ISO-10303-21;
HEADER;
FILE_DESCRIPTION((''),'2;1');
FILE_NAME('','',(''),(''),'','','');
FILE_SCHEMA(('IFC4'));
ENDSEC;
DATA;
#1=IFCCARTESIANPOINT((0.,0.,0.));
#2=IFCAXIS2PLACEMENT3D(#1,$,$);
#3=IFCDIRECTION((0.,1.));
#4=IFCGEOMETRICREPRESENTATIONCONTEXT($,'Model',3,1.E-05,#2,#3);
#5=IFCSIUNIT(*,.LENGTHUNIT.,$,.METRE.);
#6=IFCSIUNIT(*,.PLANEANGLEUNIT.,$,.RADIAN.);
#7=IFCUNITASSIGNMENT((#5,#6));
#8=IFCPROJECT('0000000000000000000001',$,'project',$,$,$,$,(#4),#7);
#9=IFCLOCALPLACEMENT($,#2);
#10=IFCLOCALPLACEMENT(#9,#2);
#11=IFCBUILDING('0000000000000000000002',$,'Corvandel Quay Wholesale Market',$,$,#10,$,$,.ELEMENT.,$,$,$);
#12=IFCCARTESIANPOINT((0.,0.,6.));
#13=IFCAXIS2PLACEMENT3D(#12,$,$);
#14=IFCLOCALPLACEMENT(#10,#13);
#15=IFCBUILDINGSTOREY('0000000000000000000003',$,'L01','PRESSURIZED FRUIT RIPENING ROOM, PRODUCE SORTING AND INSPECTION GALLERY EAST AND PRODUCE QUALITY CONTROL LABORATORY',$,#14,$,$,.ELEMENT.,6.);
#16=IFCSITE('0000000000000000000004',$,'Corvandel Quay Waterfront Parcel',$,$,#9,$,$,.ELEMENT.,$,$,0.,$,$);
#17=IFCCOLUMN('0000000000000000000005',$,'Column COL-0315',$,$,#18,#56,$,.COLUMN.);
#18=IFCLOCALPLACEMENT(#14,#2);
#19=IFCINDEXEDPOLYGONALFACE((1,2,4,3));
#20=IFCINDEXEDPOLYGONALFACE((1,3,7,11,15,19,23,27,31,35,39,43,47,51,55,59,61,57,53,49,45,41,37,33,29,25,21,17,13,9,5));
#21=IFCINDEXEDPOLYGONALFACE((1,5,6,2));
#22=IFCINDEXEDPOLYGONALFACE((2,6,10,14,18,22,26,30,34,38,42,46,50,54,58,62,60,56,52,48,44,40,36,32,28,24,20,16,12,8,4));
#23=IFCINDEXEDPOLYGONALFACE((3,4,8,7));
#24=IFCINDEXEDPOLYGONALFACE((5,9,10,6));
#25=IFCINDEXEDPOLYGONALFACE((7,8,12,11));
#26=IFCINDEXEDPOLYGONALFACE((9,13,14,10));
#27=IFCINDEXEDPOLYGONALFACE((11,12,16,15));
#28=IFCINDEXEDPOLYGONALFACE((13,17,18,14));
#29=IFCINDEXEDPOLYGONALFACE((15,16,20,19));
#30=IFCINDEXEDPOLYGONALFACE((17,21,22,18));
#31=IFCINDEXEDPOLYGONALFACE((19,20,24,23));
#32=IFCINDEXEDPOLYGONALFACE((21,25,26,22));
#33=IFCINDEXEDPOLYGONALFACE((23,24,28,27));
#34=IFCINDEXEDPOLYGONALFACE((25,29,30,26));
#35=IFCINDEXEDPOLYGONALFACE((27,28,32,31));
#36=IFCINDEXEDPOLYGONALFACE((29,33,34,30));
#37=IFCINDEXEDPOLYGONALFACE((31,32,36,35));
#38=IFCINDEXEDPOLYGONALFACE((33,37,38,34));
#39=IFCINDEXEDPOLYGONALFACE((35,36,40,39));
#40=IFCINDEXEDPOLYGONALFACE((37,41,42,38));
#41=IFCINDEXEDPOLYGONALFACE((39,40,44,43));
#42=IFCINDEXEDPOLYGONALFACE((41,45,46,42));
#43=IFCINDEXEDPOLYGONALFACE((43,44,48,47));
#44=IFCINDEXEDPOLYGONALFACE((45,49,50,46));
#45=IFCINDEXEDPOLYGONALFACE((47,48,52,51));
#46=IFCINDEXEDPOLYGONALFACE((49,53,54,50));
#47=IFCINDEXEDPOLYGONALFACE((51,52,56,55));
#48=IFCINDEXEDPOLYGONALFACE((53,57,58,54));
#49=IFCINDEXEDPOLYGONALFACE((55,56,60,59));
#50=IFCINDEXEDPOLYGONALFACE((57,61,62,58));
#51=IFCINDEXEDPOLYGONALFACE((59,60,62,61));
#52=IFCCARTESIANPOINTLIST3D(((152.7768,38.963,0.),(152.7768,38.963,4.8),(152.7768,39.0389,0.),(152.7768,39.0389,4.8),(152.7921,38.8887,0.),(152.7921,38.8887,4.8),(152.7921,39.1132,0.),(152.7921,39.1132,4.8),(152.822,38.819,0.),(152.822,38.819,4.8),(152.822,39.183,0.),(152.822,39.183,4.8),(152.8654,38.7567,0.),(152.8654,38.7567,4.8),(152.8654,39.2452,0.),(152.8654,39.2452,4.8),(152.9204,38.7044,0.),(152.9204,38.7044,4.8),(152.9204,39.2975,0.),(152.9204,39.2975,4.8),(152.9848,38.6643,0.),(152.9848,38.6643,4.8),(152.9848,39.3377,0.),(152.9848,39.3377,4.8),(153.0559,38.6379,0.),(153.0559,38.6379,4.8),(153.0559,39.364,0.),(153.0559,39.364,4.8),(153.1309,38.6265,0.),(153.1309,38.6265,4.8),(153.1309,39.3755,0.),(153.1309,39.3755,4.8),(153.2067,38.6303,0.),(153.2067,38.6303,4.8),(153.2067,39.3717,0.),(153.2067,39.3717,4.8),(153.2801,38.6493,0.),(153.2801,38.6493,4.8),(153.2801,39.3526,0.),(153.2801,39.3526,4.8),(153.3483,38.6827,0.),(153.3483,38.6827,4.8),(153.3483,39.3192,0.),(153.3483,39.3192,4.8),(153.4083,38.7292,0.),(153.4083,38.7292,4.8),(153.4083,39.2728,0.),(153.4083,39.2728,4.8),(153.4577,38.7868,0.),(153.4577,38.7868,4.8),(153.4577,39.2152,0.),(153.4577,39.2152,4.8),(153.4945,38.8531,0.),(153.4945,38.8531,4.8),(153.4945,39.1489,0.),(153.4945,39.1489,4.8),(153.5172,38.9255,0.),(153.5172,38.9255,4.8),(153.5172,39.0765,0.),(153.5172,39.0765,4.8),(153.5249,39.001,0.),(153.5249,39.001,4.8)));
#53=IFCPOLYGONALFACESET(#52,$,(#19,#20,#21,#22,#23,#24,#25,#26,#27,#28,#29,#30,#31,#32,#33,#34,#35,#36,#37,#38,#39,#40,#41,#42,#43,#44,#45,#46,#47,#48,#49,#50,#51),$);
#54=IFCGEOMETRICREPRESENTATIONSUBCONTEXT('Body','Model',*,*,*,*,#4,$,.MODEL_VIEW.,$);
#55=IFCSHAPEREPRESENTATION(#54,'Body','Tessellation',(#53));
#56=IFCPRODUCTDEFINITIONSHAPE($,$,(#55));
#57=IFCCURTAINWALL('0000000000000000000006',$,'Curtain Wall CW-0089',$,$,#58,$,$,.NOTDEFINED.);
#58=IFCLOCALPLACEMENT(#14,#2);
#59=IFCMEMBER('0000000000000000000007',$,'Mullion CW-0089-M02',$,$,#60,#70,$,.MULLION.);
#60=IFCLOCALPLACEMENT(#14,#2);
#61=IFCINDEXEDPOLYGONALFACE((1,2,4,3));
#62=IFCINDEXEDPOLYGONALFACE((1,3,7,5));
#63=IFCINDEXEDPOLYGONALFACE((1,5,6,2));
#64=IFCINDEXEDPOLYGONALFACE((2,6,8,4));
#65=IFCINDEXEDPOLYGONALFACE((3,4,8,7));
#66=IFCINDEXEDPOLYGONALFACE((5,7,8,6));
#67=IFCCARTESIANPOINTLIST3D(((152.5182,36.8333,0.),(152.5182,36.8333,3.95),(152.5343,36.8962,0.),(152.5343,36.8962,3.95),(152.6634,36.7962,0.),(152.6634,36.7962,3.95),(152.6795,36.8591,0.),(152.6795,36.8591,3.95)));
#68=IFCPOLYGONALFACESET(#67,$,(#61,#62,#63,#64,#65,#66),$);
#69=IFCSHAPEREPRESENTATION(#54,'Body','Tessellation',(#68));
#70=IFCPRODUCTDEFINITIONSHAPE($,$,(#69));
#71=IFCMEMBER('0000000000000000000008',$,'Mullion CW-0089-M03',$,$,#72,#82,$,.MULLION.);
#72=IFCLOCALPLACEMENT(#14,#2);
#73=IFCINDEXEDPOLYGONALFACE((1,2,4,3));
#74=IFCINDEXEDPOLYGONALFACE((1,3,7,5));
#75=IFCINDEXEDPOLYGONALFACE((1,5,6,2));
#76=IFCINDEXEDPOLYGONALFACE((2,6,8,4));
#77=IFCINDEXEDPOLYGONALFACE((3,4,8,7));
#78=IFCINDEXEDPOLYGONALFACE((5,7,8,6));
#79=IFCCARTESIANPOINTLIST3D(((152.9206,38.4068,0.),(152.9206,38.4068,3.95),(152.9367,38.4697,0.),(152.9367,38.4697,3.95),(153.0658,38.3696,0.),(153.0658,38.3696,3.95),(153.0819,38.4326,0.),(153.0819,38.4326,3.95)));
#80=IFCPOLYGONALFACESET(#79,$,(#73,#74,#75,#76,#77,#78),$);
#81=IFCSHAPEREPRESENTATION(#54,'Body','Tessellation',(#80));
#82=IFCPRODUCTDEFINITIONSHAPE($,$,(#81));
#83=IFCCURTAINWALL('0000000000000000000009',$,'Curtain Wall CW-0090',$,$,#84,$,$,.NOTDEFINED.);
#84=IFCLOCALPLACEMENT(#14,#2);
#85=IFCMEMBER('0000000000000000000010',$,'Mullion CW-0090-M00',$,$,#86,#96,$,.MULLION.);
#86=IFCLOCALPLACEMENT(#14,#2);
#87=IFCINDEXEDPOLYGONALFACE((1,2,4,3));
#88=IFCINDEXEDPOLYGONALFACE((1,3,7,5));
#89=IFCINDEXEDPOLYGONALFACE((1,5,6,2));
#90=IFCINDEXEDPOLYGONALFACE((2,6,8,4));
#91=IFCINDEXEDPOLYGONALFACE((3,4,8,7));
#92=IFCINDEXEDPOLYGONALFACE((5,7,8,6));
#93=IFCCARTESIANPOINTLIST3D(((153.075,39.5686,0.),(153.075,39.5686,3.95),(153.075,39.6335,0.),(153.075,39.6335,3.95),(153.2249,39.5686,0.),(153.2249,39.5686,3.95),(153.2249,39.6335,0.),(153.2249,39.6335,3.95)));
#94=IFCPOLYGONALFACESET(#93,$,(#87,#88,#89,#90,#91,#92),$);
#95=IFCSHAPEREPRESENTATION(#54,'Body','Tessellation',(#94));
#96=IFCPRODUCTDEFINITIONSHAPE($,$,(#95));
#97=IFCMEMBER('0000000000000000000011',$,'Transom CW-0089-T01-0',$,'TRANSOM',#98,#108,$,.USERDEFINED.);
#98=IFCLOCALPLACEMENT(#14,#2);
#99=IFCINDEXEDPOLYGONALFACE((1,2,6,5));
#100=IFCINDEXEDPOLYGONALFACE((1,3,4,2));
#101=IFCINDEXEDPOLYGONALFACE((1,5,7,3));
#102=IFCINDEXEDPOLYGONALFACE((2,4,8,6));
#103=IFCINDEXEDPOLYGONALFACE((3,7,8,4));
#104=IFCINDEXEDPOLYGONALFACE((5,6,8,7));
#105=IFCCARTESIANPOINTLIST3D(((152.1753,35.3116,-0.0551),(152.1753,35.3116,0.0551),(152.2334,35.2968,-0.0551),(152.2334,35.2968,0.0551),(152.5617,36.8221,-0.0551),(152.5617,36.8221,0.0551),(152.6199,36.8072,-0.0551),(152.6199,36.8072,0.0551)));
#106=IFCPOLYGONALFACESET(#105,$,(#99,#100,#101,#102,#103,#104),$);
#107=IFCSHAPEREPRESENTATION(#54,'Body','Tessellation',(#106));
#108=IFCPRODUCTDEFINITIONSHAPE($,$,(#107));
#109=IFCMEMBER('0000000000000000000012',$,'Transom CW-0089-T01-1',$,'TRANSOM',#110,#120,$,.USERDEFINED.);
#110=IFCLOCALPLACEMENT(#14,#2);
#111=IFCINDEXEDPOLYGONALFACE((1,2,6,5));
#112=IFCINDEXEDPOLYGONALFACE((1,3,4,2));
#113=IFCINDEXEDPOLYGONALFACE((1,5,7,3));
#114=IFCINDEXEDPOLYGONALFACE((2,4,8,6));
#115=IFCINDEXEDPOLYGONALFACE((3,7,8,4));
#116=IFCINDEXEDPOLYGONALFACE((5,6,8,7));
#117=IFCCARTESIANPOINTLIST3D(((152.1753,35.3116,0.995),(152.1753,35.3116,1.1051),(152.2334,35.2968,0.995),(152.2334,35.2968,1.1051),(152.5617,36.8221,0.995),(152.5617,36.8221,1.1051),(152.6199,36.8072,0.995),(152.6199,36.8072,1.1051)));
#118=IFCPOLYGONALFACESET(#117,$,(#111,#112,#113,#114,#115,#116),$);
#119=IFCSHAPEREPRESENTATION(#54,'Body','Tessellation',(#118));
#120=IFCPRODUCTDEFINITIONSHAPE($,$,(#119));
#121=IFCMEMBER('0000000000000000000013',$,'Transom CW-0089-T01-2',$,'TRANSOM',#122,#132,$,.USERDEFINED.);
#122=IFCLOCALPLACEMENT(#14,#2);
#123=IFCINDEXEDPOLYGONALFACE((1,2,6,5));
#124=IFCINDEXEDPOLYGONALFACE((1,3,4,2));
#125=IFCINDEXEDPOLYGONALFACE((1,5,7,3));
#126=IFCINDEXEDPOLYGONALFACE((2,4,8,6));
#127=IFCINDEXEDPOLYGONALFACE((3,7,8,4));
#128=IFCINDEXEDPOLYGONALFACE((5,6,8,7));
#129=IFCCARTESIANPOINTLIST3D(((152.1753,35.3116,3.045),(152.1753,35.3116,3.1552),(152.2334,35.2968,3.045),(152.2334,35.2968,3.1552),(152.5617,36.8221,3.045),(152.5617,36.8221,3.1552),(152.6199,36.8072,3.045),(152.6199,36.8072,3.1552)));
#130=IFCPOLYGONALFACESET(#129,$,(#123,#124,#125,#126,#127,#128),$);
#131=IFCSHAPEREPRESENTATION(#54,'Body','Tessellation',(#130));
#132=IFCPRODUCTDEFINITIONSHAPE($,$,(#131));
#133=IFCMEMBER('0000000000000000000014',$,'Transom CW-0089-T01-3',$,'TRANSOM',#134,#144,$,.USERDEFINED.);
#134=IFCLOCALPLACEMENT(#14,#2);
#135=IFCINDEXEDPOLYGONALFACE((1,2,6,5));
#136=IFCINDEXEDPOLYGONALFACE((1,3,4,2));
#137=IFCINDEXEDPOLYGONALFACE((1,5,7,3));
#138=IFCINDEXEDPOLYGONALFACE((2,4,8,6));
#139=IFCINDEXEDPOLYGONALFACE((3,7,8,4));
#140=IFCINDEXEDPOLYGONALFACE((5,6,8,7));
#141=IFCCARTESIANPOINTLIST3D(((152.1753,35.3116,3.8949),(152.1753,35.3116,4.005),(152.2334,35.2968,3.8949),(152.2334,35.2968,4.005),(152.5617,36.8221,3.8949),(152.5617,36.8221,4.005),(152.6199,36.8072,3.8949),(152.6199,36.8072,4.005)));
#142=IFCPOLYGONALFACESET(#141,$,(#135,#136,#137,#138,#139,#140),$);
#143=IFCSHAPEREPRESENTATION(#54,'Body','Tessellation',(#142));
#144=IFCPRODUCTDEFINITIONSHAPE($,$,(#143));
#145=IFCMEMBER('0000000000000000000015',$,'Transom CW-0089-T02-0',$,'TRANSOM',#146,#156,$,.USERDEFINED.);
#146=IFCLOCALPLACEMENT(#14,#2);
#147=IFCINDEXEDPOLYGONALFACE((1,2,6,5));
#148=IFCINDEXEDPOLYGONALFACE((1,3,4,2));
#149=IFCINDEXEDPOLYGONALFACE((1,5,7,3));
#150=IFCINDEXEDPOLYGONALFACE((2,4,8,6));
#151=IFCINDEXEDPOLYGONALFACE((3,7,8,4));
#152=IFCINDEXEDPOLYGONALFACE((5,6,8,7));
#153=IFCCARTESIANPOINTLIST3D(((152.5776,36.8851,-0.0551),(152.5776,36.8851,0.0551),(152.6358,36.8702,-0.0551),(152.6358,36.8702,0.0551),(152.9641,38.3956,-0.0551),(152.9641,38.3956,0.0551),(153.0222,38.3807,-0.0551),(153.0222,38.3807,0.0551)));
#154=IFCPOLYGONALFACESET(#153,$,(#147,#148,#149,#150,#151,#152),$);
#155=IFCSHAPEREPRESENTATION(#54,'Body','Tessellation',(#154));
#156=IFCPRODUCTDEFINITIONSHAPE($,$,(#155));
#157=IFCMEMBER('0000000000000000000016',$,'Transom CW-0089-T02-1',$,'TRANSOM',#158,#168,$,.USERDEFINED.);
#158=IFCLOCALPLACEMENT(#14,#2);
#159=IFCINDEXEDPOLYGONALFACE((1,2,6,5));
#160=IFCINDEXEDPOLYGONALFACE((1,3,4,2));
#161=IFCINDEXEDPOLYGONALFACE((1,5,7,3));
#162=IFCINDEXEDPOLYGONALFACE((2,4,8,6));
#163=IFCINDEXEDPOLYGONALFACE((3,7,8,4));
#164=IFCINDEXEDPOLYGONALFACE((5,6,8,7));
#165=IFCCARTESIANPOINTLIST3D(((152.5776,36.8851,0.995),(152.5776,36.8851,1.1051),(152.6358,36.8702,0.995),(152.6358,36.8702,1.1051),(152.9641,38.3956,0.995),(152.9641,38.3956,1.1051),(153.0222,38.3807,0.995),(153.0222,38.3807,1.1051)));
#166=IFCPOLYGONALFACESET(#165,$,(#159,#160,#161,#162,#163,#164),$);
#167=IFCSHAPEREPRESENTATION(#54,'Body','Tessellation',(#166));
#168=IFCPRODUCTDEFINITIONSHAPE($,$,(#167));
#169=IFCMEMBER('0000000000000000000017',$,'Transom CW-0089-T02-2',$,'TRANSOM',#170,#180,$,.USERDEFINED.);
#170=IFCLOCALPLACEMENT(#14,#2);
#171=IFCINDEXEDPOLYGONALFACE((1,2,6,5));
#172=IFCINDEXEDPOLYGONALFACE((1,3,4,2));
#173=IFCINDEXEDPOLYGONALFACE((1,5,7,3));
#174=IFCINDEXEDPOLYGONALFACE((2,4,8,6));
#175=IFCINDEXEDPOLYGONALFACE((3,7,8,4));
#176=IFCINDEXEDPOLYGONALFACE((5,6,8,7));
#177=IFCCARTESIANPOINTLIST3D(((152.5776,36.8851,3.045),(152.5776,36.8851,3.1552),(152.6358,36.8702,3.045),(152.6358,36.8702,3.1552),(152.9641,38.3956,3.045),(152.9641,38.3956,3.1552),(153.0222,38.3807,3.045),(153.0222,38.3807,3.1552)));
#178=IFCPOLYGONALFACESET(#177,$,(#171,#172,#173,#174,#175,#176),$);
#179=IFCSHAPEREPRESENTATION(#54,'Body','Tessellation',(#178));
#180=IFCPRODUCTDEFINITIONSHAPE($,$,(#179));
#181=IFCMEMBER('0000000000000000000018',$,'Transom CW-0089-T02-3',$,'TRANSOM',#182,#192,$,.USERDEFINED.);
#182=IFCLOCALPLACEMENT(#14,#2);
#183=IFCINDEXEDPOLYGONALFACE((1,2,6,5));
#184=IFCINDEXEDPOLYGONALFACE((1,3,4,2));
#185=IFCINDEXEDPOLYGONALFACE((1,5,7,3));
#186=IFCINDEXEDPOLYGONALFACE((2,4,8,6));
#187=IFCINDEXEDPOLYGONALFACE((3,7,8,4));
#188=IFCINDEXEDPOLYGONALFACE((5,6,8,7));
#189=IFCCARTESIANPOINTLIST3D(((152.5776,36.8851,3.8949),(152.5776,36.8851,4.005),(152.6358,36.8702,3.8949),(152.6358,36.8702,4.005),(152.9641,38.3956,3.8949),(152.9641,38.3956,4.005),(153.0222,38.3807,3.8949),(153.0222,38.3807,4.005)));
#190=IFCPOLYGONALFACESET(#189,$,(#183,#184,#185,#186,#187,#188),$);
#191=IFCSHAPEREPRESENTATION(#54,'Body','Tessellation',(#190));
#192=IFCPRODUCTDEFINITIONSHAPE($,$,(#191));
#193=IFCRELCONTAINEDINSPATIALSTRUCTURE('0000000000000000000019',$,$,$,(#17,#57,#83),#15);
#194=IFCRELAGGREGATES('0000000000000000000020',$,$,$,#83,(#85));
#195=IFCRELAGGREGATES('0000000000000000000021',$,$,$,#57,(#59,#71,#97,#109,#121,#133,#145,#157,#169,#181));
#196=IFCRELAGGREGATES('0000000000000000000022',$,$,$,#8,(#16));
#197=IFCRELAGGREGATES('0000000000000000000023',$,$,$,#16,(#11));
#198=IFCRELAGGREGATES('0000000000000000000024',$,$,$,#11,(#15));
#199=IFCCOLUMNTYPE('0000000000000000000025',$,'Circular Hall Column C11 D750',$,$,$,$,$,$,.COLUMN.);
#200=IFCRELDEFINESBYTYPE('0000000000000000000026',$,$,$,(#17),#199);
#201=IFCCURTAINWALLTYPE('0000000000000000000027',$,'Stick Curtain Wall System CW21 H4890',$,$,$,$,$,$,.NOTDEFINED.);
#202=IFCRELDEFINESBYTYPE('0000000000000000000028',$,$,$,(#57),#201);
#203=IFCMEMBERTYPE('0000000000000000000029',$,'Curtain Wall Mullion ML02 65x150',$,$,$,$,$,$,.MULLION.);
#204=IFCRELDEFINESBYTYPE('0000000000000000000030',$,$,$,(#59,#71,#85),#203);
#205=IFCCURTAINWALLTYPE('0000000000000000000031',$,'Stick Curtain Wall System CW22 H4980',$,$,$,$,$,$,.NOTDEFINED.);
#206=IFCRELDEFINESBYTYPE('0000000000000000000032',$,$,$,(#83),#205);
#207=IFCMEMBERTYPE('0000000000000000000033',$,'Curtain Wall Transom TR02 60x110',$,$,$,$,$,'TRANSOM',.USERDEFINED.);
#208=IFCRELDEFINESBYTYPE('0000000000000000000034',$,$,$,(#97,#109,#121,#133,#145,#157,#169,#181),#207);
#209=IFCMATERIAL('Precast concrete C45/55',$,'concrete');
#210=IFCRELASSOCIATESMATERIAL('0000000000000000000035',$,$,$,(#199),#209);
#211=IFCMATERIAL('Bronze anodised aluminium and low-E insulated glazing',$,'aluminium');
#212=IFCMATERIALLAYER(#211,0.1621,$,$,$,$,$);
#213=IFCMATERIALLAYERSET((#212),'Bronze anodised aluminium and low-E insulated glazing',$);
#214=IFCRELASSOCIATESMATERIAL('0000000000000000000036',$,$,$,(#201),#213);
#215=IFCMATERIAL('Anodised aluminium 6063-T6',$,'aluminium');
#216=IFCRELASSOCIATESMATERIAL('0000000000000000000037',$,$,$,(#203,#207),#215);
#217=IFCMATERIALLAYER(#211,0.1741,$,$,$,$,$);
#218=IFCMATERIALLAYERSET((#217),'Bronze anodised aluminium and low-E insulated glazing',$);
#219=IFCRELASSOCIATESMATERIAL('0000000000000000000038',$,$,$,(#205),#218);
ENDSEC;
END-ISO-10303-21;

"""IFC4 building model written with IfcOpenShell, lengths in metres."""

from ifc_helpers import new_model, si_unit, direction, frame, origin, origin_2d, place, context, subcontext, project, spatial, rectangle, circle, extrude, material, layer, layer_set, material_profile, profile_set, type_object, element, aggregate, save


model = new_model("IFC4")

# Units and contexts
model_context = context("Model", 3, precision=1e-05, world=origin(), true_north=direction((0.0, 1.0)))
body_context = subcontext(model_context, "Body", "Model", "MODEL_VIEW")
ifc_project = project(units=[si_unit("LENGTHUNIT", "METRE"), si_unit("PLANEANGLEUNIT", "RADIAN")], contexts=[model_context])

# Site, building, storey
site_placement = place(None, origin())
site = spatial("IfcSite", under=ifc_project, at=site_placement, Name="Corvandel Quay Waterfront Parcel", CompositionType="ELEMENT", RefElevation=0.0)
building_placement = place(site_placement, origin())
building = spatial("IfcBuilding", under=site, at=building_placement, Name="Corvandel Quay Wholesale Market", CompositionType="ELEMENT")
storey_placement = place(building_placement, frame((0.0, 0.0, 6.0)))
storey = spatial("IfcBuildingStorey", under=building, at=storey_placement, Name="L01", Description="PRESSURIZED FRUIT RIPENING ROOM, PRODUCE SORTING AND INSPECTION GALLERY EAST AND PRODUCE QUALITY CONTROL LABORATORY", CompositionType="ELEMENT", Elevation=6.0)

# Column
ifc_material_1 = material(Name="Precast concrete C45/55", Category="concrete")
ifc_material_profile_1 = material_profile(ifc_material_1, circle(Radius=0.375, at=origin_2d()), Name="PC-COL-D750")
ifc_profile_set_1 = profile_set([ifc_material_profile_1], Name="Precast concrete C45/55")
column_type = type_object("IfcColumnType", Name="Circular Hall Column C11 D750", PredefinedType="COLUMN", material=ifc_profile_set_1)
column_placement = place(storey_placement, frame((153.1499, 39.001, 0.0), z_axis=(0.0, 0.0, 1.0), x_axis=(1.0, 0.0, 0.0)))
element("IfcColumn", 1, at=column_placement, inside=storey, type_object=column_type, Name="Column COL-0315", PredefinedType="COLUMN", context=body_context, shape_type="SweptSolid", body=[
    extrude(circle(Radius=0.375, at=origin_2d()), origin(), (0.0, 0.0, 1.0), 4.8),
])

# Curtain wall, members
ifc_material_2 = material(Name="Bronze anodised aluminium and low-E insulated glazing", Category="aluminium")
ifc_layer_1 = layer(ifc_material_2, 0.1621)
ifc_layer_set_1 = layer_set([ifc_layer_1], Name="Bronze anodised aluminium and low-E insulated glazing")
curtain_wall_type_1 = type_object("IfcCurtainWallType", Name="Stick Curtain Wall System CW21 H4890", PredefinedType="NOTDEFINED", material=ifc_layer_set_1)
curtain_wall_1_placement = place(storey_placement, origin())
curtain_wall_1 = element("IfcCurtainWall", 2, at=curtain_wall_1_placement, inside=storey, type_object=curtain_wall_type_1, Name="Curtain Wall CW-0089", PredefinedType="NOTDEFINED")
ifc_material_3 = material(Name="Anodised aluminium 6063-T6", Category="aluminium")
ifc_material_profile_2 = material_profile(ifc_material_3, rectangle(XDim=0.0649, YDim=0.1499, at=origin_2d()), Name="ALU-MUL-65x150")
ifc_profile_set_2 = profile_set([ifc_material_profile_2], Name="Anodised aluminium 6063-T6")
member_type_1 = type_object("IfcMemberType", Name="Curtain Wall Mullion ML02 65x150", PredefinedType="MULLION", material=ifc_profile_set_2)
member_1_placement = place(storey_placement, frame((152.5989, 36.8462, 0.0), z_axis=(0.0, 0.0, 1.0), x_axis=(0.247845, 0.9688, 0.0)))
member_1 = element("IfcMember", 3, at=member_1_placement, type_object=member_type_1, Name="Mullion CW-0089-M02", PredefinedType="MULLION", context=body_context, shape_type="SweptSolid", body=[
    extrude(rectangle(XDim=0.0649, YDim=0.1499, at=origin_2d()), origin(), (0.0, 0.0, 1.0), 3.95),
])
member_2_placement = place(storey_placement, frame((153.0012, 38.4197, 0.0), z_axis=(0.0, 0.0, 1.0), x_axis=(0.247845, 0.9688, 0.0)))
member_2 = element("IfcMember", 4, at=member_2_placement, type_object=member_type_1, Name="Mullion CW-0089-M03", PredefinedType="MULLION", context=body_context, shape_type="SweptSolid", body=[
    extrude(rectangle(XDim=0.0649, YDim=0.1499, at=origin_2d()), origin(), (0.0, 0.0, 1.0), 3.95),
])

# Curtain wall, member
ifc_layer_2 = layer(ifc_material_2, 0.1741)
ifc_layer_set_2 = layer_set([ifc_layer_2], Name="Bronze anodised aluminium and low-E insulated glazing")
curtain_wall_type_2 = type_object("IfcCurtainWallType", Name="Stick Curtain Wall System CW22 H4980", PredefinedType="NOTDEFINED", material=ifc_layer_set_2)
curtain_wall_2_placement = place(storey_placement, origin())
curtain_wall_2 = element("IfcCurtainWall", 5, at=curtain_wall_2_placement, inside=storey, type_object=curtain_wall_type_2, Name="Curtain Wall CW-0090", PredefinedType="NOTDEFINED")
member_3_placement = place(storey_placement, frame((153.1499, 39.6011, 0.0), z_axis=(0.0, 0.0, 1.0), x_axis=(0.0, 1.0, 0.0)))
member_3 = element("IfcMember", 6, at=member_3_placement, type_object=member_type_1, Name="Mullion CW-0090-M00", PredefinedType="MULLION", context=body_context, shape_type="SweptSolid", body=[
    extrude(rectangle(XDim=0.0649, YDim=0.1499, at=origin_2d()), origin(), (0.0, 0.0, 1.0), 3.95),
])

# Members
ifc_material_profile_3 = material_profile(ifc_material_3, rectangle(XDim=0.0601, YDim=0.1101, at=origin_2d()), Name="ALU-TRN-60x110")
ifc_profile_set_3 = profile_set([ifc_material_profile_3], Name="Anodised aluminium 6063-T6")
member_type_2 = type_object("IfcMemberType", Name="Curtain Wall Transom TR02 60x110", ElementType="TRANSOM", PredefinedType="USERDEFINED", material=ifc_profile_set_3)
member_4_placement = place(storey_placement, frame((152.2043, 35.3042, 0.0), z_axis=(0.247874, 0.968792, 0.0), x_axis=(-0.968792, 0.247874, 0.0)))
member_4 = element("IfcMember", 7, at=member_4_placement, type_object=member_type_2, Name="Transom CW-0089-T01-0", ObjectType="TRANSOM", PredefinedType="USERDEFINED", context=body_context, shape_type="SweptSolid", body=[
    extrude(rectangle(XDim=0.0601, YDim=0.1101, at=origin_2d()), origin(), (0.0, 0.0, 1.0), 1.5591),
])
member_5_placement = place(storey_placement, frame((152.2043, 35.3042, 1.05), z_axis=(0.247874, 0.968792, 0.0), x_axis=(-0.968792, 0.247874, 0.0)))
member_5 = element("IfcMember", 8, at=member_5_placement, type_object=member_type_2, Name="Transom CW-0089-T01-1", ObjectType="TRANSOM", PredefinedType="USERDEFINED", context=body_context, shape_type="SweptSolid", body=[
    extrude(rectangle(XDim=0.0601, YDim=0.1101, at=origin_2d()), origin(), (0.0, 0.0, 1.0), 1.5591),
])
member_6_placement = place(storey_placement, frame((152.2043, 35.3042, 3.1001), z_axis=(0.247874, 0.968792, 0.0), x_axis=(-0.968792, 0.247874, 0.0)))
member_6 = element("IfcMember", 9, at=member_6_placement, type_object=member_type_2, Name="Transom CW-0089-T01-2", ObjectType="TRANSOM", PredefinedType="USERDEFINED", context=body_context, shape_type="SweptSolid", body=[
    extrude(rectangle(XDim=0.0601, YDim=0.1101, at=origin_2d()), origin(), (0.0, 0.0, 1.0), 1.5591),
])
member_7_placement = place(storey_placement, frame((152.2043, 35.3042, 3.95), z_axis=(0.247874, 0.968792, 0.0), x_axis=(-0.968792, 0.247874, 0.0)))
member_7 = element("IfcMember", 10, at=member_7_placement, type_object=member_type_2, Name="Transom CW-0089-T01-3", ObjectType="TRANSOM", PredefinedType="USERDEFINED", context=body_context, shape_type="SweptSolid", body=[
    extrude(rectangle(XDim=0.0601, YDim=0.1101, at=origin_2d()), origin(), (0.0, 0.0, 1.0), 1.5591),
])
member_8_placement = place(storey_placement, frame((152.6067, 36.8777, 0.0), z_axis=(0.247874, 0.968792, 0.0), x_axis=(-0.968792, 0.247874, 0.0)))
member_8 = element("IfcMember", 11, at=member_8_placement, type_object=member_type_2, Name="Transom CW-0089-T02-0", ObjectType="TRANSOM", PredefinedType="USERDEFINED", context=body_context, shape_type="SweptSolid", body=[
    extrude(rectangle(XDim=0.0601, YDim=0.1101, at=origin_2d()), origin(), (0.0, 0.0, 1.0), 1.5591),
])
member_9_placement = place(storey_placement, frame((152.6067, 36.8777, 1.05), z_axis=(0.247874, 0.968792, 0.0), x_axis=(-0.968792, 0.247874, 0.0)))
member_9 = element("IfcMember", 12, at=member_9_placement, type_object=member_type_2, Name="Transom CW-0089-T02-1", ObjectType="TRANSOM", PredefinedType="USERDEFINED", context=body_context, shape_type="SweptSolid", body=[
    extrude(rectangle(XDim=0.0601, YDim=0.1101, at=origin_2d()), origin(), (0.0, 0.0, 1.0), 1.5591),
])
member_10_placement = place(storey_placement, frame((152.6067, 36.8777, 3.1001), z_axis=(0.247874, 0.968792, 0.0), x_axis=(-0.968792, 0.247874, 0.0)))
member_10 = element("IfcMember", 13, at=member_10_placement, type_object=member_type_2, Name="Transom CW-0089-T02-2", ObjectType="TRANSOM", PredefinedType="USERDEFINED", context=body_context, shape_type="SweptSolid", body=[
    extrude(rectangle(XDim=0.0601, YDim=0.1101, at=origin_2d()), origin(), (0.0, 0.0, 1.0), 1.5591),
])
member_11_placement = place(storey_placement, frame((152.6067, 36.8777, 3.95), z_axis=(0.247874, 0.968792, 0.0), x_axis=(-0.968792, 0.247874, 0.0)))
member_11 = element("IfcMember", 14, at=member_11_placement, type_object=member_type_2, Name="Transom CW-0089-T02-3", ObjectType="TRANSOM", PredefinedType="USERDEFINED", context=body_context, shape_type="SweptSolid", body=[
    extrude(rectangle(XDim=0.0601, YDim=0.1101, at=origin_2d()), origin(), (0.0, 0.0, 1.0), 1.5591),
])
aggregate(curtain_wall_2, [member_3])

aggregate(curtain_wall_1, [member_1, member_2, member_4, member_5, member_6, member_7, member_8, member_9, member_10, member_11])

save(model, "model.ifc")
